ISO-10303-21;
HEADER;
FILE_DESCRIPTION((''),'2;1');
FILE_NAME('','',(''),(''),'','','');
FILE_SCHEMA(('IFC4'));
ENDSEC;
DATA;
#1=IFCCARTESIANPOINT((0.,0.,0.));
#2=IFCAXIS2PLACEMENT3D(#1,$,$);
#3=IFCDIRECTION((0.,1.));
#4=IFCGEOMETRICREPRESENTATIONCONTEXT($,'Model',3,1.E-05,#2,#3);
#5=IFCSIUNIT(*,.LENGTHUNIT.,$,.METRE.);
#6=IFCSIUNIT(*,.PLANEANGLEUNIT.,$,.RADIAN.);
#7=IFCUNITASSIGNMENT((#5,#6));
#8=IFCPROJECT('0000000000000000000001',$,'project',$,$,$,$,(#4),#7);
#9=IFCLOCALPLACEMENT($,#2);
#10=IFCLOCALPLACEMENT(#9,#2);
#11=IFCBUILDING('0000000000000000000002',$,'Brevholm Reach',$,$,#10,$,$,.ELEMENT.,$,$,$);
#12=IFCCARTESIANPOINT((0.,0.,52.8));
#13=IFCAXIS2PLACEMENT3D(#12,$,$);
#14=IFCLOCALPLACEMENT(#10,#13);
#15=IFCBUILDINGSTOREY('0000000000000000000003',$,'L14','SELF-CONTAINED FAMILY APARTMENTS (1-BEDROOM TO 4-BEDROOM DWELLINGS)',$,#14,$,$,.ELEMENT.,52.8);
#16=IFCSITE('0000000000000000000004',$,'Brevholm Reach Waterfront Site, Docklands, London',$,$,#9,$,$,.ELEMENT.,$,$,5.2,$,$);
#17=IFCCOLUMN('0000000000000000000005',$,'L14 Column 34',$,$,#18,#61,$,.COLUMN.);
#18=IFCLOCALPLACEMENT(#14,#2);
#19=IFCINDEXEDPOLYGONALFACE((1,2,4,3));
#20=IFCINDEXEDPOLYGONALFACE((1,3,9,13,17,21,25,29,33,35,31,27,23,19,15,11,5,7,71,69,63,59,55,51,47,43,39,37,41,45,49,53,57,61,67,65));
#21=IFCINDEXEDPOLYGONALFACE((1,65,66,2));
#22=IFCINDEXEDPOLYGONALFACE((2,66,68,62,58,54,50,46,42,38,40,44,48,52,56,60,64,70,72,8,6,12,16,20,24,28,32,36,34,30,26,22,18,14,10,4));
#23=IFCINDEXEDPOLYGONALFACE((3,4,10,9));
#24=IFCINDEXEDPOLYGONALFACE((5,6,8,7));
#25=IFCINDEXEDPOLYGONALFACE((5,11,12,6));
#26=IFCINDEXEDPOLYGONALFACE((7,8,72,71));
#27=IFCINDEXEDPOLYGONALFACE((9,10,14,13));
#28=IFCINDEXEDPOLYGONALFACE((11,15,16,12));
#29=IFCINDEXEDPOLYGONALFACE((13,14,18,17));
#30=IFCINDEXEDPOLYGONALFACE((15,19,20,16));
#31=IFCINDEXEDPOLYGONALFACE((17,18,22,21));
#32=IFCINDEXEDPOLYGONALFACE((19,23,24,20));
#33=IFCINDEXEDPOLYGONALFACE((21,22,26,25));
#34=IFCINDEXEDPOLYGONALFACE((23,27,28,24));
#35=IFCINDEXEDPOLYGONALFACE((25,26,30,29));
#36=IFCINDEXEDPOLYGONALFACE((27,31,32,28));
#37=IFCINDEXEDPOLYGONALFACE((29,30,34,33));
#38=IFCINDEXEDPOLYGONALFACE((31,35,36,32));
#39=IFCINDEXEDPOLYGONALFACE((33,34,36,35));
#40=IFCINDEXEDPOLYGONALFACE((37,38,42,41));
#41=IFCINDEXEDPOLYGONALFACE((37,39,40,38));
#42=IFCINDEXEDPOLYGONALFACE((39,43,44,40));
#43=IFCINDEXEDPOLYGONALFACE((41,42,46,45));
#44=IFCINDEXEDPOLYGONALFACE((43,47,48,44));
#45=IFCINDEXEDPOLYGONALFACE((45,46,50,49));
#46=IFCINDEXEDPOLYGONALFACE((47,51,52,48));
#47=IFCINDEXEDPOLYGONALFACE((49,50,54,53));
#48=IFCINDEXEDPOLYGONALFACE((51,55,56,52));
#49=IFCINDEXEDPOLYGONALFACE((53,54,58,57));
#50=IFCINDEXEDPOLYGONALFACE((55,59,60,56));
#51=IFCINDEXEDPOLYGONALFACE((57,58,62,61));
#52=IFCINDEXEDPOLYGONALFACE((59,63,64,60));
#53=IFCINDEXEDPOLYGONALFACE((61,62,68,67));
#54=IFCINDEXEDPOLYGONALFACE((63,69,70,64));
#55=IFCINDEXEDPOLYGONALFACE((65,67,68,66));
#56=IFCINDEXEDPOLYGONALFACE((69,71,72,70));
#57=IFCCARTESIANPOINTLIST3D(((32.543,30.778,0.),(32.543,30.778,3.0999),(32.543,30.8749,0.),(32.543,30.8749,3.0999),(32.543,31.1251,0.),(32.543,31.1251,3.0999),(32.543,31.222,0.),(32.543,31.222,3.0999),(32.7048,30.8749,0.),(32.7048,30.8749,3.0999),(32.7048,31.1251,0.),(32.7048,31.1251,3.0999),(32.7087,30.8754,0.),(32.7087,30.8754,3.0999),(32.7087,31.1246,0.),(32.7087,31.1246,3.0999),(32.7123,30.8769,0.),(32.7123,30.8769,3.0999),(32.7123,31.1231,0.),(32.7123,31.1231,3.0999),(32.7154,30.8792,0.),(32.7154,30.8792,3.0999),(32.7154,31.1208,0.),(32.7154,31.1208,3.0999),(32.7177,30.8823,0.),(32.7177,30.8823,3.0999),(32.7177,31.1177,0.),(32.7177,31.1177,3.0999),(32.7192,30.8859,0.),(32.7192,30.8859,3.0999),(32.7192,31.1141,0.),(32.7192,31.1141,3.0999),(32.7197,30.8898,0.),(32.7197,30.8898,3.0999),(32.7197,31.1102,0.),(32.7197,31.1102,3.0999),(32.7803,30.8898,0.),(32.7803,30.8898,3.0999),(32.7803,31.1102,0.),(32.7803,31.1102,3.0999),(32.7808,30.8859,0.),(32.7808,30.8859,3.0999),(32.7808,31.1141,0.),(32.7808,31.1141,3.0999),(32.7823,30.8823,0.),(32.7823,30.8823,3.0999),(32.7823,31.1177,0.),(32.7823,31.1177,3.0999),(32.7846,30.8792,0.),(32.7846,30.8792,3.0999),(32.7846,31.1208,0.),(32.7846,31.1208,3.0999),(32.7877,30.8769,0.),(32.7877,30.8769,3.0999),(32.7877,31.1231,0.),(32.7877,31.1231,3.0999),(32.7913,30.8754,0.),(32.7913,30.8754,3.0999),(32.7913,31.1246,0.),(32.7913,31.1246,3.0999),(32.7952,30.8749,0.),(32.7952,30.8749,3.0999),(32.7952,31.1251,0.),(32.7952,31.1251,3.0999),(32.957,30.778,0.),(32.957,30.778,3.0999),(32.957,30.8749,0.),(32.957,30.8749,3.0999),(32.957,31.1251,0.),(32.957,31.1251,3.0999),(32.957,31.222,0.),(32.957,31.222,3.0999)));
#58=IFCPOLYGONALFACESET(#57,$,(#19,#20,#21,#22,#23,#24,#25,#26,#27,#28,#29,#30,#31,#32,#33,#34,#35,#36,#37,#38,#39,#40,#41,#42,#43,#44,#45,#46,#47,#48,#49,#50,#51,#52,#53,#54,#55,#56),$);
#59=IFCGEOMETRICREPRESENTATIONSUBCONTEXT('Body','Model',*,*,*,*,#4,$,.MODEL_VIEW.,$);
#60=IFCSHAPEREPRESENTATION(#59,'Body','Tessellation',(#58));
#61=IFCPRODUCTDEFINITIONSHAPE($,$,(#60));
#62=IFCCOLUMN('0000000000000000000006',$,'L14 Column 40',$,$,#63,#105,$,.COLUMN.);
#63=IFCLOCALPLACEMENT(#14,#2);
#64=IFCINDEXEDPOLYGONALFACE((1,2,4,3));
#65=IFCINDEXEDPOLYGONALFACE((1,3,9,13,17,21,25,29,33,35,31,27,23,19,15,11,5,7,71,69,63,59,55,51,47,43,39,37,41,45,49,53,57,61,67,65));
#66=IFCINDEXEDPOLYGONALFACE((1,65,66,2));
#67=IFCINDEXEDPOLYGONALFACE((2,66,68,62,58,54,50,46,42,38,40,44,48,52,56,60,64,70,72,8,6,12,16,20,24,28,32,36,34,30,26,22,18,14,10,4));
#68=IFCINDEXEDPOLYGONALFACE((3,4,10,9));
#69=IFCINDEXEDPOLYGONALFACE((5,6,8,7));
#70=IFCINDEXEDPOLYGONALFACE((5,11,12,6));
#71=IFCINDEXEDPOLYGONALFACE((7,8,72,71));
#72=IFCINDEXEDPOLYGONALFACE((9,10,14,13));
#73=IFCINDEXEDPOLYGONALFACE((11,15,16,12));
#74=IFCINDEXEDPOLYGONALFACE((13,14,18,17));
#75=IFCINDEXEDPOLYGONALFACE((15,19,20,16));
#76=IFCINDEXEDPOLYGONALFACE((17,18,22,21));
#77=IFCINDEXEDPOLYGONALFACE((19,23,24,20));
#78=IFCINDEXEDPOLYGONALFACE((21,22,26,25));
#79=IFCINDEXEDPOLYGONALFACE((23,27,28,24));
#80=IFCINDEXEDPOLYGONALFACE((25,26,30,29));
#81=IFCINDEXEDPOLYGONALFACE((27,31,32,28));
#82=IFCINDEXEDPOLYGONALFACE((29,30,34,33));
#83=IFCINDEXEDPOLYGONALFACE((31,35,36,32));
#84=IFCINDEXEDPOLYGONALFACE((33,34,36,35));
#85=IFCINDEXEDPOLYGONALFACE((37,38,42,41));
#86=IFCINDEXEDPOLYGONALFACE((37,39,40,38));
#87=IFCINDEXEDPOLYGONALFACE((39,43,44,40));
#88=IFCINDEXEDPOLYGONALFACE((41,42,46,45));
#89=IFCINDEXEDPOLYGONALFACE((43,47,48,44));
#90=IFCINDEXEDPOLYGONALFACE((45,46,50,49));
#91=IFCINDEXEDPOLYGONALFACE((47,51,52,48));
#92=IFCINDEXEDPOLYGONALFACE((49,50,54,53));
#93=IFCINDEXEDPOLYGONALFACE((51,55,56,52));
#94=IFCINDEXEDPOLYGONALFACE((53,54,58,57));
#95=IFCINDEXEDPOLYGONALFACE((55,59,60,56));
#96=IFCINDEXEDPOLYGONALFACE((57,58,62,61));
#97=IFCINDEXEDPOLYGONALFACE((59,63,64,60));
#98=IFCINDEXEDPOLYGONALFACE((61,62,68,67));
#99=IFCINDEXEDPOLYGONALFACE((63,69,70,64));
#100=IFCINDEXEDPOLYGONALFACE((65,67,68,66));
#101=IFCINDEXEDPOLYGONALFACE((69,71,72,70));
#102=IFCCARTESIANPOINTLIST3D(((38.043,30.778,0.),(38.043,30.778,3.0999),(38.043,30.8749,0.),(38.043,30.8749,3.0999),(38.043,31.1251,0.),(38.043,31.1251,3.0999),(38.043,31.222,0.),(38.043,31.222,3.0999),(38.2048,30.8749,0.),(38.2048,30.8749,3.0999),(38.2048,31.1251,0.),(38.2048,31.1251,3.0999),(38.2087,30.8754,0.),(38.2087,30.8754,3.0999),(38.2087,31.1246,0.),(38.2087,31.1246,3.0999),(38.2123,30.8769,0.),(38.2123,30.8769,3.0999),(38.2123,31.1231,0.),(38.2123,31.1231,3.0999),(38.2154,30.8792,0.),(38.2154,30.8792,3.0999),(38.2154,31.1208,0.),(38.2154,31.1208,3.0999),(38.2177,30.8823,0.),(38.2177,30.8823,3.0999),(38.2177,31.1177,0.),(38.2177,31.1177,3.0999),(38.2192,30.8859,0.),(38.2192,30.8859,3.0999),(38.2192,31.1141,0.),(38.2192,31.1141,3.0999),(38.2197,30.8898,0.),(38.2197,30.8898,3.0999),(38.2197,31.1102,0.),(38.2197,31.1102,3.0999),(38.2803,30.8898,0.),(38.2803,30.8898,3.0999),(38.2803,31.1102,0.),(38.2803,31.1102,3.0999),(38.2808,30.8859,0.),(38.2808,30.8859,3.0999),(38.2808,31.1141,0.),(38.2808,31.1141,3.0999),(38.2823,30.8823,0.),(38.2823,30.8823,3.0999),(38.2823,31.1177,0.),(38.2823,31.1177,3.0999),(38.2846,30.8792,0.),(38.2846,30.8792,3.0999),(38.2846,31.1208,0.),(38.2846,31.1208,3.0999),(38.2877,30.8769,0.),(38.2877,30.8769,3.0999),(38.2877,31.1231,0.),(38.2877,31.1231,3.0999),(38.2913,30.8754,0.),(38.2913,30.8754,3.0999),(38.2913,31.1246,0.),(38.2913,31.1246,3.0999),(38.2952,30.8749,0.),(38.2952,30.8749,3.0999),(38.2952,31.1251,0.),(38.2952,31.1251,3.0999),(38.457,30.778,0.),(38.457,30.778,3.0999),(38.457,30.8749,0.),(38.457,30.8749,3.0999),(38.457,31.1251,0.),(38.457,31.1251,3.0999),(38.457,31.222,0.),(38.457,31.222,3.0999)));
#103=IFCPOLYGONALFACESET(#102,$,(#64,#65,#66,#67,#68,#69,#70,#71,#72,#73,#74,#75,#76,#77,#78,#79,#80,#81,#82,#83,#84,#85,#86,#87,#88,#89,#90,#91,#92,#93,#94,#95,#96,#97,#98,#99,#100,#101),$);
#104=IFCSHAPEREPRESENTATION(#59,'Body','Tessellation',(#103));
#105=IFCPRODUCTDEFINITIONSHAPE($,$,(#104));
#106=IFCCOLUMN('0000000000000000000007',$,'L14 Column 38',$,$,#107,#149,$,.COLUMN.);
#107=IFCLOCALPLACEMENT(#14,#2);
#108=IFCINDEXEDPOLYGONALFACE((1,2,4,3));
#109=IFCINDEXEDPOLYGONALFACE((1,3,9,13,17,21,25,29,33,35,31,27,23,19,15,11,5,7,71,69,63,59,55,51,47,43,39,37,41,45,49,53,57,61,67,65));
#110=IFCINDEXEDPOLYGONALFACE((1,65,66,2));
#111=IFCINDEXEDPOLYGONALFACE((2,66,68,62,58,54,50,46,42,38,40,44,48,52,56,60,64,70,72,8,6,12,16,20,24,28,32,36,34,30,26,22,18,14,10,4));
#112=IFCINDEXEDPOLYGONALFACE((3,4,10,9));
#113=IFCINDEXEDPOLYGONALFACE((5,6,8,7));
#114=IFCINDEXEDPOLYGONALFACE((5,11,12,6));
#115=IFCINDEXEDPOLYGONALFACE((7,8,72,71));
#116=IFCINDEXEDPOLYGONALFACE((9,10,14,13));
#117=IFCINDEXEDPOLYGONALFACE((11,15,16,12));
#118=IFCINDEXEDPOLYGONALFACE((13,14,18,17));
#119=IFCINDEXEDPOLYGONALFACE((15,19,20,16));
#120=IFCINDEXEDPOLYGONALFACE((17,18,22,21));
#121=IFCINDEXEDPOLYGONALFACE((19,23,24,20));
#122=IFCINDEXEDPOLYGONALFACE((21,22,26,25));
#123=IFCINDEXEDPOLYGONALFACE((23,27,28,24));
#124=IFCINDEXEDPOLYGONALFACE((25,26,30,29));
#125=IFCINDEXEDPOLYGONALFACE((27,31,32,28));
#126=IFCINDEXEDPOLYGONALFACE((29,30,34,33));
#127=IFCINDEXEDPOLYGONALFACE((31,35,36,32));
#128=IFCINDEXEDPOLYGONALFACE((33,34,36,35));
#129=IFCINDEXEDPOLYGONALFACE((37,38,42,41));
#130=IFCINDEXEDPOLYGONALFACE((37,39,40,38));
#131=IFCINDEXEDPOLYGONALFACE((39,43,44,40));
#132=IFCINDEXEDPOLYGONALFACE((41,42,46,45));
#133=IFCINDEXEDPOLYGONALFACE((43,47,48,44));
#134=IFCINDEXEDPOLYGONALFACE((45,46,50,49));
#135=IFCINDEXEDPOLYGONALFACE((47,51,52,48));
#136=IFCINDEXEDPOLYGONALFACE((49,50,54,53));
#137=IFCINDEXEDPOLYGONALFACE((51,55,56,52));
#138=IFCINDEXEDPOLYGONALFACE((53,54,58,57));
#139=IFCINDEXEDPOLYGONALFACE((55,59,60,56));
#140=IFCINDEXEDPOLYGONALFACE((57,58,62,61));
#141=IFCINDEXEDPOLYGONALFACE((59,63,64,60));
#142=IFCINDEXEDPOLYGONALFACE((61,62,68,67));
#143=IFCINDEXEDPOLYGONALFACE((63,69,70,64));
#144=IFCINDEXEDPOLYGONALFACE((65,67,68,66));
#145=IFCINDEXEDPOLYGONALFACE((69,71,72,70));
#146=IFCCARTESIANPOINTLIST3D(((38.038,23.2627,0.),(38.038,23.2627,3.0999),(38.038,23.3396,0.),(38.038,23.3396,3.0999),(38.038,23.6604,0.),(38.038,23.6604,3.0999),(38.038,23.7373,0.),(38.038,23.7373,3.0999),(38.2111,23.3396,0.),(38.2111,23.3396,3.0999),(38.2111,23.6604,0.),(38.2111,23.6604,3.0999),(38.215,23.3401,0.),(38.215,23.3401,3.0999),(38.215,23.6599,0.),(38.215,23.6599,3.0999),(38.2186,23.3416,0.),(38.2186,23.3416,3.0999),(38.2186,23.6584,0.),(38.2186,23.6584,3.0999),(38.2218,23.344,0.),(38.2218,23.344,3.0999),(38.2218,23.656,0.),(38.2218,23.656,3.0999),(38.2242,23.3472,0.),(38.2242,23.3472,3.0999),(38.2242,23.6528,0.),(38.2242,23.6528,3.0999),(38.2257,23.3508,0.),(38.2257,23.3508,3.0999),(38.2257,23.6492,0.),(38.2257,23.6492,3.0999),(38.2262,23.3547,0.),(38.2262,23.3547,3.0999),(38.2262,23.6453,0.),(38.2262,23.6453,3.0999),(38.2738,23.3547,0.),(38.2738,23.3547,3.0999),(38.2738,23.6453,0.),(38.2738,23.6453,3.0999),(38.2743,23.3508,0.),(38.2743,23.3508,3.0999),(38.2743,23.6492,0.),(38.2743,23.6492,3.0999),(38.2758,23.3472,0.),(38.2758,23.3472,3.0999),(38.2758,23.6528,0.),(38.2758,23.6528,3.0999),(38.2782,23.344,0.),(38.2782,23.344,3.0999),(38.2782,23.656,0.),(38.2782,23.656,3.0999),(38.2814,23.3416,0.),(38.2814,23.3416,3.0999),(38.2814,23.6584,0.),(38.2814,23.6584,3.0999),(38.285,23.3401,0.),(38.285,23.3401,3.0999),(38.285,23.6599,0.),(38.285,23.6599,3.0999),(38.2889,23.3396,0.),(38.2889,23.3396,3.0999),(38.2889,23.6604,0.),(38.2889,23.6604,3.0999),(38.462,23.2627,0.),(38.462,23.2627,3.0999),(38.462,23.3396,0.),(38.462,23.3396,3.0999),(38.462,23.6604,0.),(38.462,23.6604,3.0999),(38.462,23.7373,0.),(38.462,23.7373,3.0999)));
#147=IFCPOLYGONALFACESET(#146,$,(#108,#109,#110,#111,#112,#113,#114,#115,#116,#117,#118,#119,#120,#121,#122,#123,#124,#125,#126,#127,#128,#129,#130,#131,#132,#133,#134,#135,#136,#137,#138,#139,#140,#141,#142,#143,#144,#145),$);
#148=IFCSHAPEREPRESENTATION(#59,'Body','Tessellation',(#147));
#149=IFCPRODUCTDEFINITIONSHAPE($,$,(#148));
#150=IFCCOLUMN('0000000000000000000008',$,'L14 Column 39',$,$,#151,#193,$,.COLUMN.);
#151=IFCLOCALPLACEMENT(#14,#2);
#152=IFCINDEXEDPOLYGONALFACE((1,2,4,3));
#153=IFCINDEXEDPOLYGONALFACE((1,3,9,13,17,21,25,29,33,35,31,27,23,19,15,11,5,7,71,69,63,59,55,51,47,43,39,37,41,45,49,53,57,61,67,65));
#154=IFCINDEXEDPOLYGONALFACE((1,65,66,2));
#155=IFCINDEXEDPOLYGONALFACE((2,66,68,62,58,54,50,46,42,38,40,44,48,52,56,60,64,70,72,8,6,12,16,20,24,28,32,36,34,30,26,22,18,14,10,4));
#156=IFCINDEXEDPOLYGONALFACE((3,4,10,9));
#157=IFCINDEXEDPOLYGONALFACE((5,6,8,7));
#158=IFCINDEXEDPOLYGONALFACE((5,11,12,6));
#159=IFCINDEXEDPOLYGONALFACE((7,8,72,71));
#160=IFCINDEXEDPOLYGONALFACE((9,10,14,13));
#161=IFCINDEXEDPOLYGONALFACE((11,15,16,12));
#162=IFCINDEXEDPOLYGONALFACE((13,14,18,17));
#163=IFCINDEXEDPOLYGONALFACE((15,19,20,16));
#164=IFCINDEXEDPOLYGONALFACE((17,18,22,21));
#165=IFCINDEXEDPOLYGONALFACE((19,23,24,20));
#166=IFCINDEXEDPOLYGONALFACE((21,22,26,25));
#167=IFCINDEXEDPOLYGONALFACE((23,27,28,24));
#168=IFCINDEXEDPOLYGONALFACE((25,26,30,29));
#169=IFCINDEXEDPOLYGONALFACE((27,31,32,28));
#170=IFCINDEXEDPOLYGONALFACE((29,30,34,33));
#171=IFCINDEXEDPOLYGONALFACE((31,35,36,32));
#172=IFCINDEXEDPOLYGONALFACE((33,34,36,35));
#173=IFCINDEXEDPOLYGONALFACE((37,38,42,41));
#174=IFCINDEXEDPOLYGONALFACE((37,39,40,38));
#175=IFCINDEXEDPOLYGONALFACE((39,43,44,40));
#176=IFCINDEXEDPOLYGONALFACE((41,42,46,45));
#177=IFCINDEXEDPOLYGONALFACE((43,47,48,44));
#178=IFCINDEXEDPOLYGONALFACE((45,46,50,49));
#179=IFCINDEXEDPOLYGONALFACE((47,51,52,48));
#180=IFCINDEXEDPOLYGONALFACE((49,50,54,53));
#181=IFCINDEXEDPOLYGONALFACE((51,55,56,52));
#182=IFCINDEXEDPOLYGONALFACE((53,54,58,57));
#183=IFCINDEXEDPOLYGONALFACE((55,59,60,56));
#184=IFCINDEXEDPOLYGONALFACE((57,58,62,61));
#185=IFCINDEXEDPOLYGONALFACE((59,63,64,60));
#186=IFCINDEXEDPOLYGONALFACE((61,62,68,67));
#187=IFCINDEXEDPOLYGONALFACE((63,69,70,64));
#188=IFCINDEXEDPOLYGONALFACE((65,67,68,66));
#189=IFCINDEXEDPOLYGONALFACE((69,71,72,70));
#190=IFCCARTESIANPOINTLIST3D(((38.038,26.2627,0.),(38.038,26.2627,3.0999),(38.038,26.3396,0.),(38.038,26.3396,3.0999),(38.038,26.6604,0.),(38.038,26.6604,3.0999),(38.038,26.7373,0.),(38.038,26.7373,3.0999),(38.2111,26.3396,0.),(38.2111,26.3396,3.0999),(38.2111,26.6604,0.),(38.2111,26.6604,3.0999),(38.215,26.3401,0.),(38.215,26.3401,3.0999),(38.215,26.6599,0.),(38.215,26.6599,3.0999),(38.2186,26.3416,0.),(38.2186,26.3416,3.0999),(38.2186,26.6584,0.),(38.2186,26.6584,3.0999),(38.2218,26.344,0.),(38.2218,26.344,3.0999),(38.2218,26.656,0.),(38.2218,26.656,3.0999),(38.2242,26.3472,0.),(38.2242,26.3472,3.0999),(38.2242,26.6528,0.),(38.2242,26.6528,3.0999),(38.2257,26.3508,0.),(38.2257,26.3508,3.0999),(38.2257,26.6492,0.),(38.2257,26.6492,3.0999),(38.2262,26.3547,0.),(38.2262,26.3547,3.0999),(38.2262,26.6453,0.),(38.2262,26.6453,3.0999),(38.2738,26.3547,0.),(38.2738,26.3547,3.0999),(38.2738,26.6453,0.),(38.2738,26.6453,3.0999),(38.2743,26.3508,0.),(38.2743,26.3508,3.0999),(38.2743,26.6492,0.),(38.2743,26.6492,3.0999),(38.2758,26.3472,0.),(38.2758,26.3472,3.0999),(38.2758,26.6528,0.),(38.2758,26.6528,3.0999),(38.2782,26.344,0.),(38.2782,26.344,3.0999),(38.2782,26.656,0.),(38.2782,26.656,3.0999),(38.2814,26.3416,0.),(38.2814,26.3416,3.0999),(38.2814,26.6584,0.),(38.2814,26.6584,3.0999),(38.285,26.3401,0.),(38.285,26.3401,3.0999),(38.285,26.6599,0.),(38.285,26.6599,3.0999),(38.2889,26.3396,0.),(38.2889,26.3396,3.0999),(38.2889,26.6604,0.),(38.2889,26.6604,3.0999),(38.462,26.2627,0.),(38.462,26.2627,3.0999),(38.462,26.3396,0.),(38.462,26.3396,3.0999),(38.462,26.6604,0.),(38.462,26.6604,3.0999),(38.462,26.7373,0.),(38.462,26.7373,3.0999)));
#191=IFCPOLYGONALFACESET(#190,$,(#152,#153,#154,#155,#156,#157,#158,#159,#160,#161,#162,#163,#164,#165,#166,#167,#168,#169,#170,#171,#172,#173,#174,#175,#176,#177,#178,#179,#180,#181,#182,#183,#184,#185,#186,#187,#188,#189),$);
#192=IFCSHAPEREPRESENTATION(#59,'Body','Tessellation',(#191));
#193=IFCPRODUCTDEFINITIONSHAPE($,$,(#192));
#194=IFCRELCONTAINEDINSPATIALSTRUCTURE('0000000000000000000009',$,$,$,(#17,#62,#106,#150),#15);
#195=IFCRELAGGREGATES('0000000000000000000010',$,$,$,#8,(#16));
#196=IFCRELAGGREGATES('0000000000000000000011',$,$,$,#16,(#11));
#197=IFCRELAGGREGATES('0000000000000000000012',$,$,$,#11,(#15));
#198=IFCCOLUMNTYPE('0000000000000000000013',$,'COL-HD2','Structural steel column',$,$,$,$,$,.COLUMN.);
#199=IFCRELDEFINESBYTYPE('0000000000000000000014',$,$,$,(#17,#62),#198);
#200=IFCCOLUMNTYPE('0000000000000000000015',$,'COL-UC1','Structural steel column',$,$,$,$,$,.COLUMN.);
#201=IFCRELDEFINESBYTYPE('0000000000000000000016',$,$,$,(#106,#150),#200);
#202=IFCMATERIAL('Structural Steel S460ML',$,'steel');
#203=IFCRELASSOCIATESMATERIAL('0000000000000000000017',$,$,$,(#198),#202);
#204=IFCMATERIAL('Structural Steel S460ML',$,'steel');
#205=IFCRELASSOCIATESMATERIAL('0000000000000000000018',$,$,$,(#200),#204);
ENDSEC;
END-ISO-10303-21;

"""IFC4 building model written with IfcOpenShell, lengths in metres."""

from ifc_helpers import new_model, si_unit, direction, frame, origin, origin_2d, place, context, subcontext, project, spatial, i_section, extrude, material, material_profile, profile_set, type_object, element, save


model = new_model("IFC4")

# Units and contexts
model_context = context("Model", 3, precision=1e-05, world=origin(), true_north=direction((0.0, 1.0)))
body_context = subcontext(model_context, "Body", "Model", "MODEL_VIEW")
ifc_project = project(units=[si_unit("LENGTHUNIT", "METRE"), si_unit("PLANEANGLEUNIT", "RADIAN")], contexts=[model_context])

# Site, building, storey
site_placement = place(None, origin())
site = spatial("IfcSite", under=ifc_project, at=site_placement, Name="Brevholm Reach Waterfront Site, Docklands, London", CompositionType="ELEMENT", RefElevation=5.2)
building_placement = place(site_placement, origin())
building = spatial("IfcBuilding", under=site, at=building_placement, Name="Brevholm Reach", CompositionType="ELEMENT")
storey_placement = place(building_placement, frame((0.0, 0.0, 52.8)))
storey = spatial("IfcBuildingStorey", under=building, at=storey_placement, Name="L14", Description="SELF-CONTAINED FAMILY APARTMENTS (1-BEDROOM TO 4-BEDROOM DWELLINGS)", CompositionType="ELEMENT", Elevation=52.8)

# Columns
ifc_material_1 = material(Name="Structural Steel S460ML", Category="steel")
ifc_material_profile_1 = material_profile(ifc_material_1, i_section(OverallWidth=0.4141, OverallDepth=0.4441, WebThickness=0.0605, FlangeThickness=0.0969, FilletRadius=0.0149, at=origin_2d()), Name="HD 400x818")
ifc_profile_set_1 = profile_set([ifc_material_profile_1], Name="Structural Steel S460ML")
column_type_1 = type_object("IfcColumnType", Name="COL-HD2", Description="Structural steel column", PredefinedType="COLUMN", material=ifc_profile_set_1)
for number, where, z_axis, x_axis, name in (
    (1, (32.75, 31.0, 0.0), (0.0, 0.0, 1.0), (1.0, 0.0, 0.0), "L14 Column 34"),
    (2, (38.25, 31.0, 0.0), (0.0, 0.0, 1.0), (1.0, 0.0, 0.0), "L14 Column 40"),
):
    element("IfcColumn", number, at=place(storey_placement, frame(where, z_axis=z_axis, x_axis=x_axis)), inside=storey, type_object=column_type_1, Name=name, PredefinedType="COLUMN", context=body_context, shape_type="SweptSolid", body=[
        extrude(i_section(OverallWidth=0.4141, OverallDepth=0.4441, WebThickness=0.0605, FlangeThickness=0.0969, FilletRadius=0.0149, at=origin_2d()), origin(), (0.0, 0.0, 1.0), 3.0999),
    ])
ifc_material_2 = material(Name="Structural Steel S460ML", Category="steel")
ifc_material_profile_2 = material_profile(ifc_material_2, i_section(OverallWidth=0.4241, OverallDepth=0.4746, WebThickness=0.0476, FlangeThickness=0.0769, FilletRadius=0.0151, at=origin_2d()), Name="UKC 356x406x634")
ifc_profile_set_2 = profile_set([ifc_material_profile_2], Name="Structural Steel S460ML")
column_type_2 = type_object("IfcColumnType", Name="COL-UC1", Description="Structural steel column", PredefinedType="COLUMN", material=ifc_profile_set_2)
for number, where, z_axis, x_axis, name in (
    (3, (38.25, 23.5, 0.0), (0.0, 0.0, 1.0), (1.0, 0.0, 0.0), "L14 Column 38"),
    (4, (38.25, 26.5, 0.0), (0.0, 0.0, 1.0), (1.0, 0.0, 0.0), "L14 Column 39"),
):
    element("IfcColumn", number, at=place(storey_placement, frame(where, z_axis=z_axis, x_axis=x_axis)), inside=storey, type_object=column_type_2, Name=name, PredefinedType="COLUMN", context=body_context, shape_type="SweptSolid", body=[
        extrude(i_section(OverallWidth=0.4241, OverallDepth=0.4746, WebThickness=0.0476, FlangeThickness=0.0769, FilletRadius=0.0151, at=origin_2d()), origin(), (0.0, 0.0, 1.0), 3.0999),
    ])

save(model, "model.ifc")
